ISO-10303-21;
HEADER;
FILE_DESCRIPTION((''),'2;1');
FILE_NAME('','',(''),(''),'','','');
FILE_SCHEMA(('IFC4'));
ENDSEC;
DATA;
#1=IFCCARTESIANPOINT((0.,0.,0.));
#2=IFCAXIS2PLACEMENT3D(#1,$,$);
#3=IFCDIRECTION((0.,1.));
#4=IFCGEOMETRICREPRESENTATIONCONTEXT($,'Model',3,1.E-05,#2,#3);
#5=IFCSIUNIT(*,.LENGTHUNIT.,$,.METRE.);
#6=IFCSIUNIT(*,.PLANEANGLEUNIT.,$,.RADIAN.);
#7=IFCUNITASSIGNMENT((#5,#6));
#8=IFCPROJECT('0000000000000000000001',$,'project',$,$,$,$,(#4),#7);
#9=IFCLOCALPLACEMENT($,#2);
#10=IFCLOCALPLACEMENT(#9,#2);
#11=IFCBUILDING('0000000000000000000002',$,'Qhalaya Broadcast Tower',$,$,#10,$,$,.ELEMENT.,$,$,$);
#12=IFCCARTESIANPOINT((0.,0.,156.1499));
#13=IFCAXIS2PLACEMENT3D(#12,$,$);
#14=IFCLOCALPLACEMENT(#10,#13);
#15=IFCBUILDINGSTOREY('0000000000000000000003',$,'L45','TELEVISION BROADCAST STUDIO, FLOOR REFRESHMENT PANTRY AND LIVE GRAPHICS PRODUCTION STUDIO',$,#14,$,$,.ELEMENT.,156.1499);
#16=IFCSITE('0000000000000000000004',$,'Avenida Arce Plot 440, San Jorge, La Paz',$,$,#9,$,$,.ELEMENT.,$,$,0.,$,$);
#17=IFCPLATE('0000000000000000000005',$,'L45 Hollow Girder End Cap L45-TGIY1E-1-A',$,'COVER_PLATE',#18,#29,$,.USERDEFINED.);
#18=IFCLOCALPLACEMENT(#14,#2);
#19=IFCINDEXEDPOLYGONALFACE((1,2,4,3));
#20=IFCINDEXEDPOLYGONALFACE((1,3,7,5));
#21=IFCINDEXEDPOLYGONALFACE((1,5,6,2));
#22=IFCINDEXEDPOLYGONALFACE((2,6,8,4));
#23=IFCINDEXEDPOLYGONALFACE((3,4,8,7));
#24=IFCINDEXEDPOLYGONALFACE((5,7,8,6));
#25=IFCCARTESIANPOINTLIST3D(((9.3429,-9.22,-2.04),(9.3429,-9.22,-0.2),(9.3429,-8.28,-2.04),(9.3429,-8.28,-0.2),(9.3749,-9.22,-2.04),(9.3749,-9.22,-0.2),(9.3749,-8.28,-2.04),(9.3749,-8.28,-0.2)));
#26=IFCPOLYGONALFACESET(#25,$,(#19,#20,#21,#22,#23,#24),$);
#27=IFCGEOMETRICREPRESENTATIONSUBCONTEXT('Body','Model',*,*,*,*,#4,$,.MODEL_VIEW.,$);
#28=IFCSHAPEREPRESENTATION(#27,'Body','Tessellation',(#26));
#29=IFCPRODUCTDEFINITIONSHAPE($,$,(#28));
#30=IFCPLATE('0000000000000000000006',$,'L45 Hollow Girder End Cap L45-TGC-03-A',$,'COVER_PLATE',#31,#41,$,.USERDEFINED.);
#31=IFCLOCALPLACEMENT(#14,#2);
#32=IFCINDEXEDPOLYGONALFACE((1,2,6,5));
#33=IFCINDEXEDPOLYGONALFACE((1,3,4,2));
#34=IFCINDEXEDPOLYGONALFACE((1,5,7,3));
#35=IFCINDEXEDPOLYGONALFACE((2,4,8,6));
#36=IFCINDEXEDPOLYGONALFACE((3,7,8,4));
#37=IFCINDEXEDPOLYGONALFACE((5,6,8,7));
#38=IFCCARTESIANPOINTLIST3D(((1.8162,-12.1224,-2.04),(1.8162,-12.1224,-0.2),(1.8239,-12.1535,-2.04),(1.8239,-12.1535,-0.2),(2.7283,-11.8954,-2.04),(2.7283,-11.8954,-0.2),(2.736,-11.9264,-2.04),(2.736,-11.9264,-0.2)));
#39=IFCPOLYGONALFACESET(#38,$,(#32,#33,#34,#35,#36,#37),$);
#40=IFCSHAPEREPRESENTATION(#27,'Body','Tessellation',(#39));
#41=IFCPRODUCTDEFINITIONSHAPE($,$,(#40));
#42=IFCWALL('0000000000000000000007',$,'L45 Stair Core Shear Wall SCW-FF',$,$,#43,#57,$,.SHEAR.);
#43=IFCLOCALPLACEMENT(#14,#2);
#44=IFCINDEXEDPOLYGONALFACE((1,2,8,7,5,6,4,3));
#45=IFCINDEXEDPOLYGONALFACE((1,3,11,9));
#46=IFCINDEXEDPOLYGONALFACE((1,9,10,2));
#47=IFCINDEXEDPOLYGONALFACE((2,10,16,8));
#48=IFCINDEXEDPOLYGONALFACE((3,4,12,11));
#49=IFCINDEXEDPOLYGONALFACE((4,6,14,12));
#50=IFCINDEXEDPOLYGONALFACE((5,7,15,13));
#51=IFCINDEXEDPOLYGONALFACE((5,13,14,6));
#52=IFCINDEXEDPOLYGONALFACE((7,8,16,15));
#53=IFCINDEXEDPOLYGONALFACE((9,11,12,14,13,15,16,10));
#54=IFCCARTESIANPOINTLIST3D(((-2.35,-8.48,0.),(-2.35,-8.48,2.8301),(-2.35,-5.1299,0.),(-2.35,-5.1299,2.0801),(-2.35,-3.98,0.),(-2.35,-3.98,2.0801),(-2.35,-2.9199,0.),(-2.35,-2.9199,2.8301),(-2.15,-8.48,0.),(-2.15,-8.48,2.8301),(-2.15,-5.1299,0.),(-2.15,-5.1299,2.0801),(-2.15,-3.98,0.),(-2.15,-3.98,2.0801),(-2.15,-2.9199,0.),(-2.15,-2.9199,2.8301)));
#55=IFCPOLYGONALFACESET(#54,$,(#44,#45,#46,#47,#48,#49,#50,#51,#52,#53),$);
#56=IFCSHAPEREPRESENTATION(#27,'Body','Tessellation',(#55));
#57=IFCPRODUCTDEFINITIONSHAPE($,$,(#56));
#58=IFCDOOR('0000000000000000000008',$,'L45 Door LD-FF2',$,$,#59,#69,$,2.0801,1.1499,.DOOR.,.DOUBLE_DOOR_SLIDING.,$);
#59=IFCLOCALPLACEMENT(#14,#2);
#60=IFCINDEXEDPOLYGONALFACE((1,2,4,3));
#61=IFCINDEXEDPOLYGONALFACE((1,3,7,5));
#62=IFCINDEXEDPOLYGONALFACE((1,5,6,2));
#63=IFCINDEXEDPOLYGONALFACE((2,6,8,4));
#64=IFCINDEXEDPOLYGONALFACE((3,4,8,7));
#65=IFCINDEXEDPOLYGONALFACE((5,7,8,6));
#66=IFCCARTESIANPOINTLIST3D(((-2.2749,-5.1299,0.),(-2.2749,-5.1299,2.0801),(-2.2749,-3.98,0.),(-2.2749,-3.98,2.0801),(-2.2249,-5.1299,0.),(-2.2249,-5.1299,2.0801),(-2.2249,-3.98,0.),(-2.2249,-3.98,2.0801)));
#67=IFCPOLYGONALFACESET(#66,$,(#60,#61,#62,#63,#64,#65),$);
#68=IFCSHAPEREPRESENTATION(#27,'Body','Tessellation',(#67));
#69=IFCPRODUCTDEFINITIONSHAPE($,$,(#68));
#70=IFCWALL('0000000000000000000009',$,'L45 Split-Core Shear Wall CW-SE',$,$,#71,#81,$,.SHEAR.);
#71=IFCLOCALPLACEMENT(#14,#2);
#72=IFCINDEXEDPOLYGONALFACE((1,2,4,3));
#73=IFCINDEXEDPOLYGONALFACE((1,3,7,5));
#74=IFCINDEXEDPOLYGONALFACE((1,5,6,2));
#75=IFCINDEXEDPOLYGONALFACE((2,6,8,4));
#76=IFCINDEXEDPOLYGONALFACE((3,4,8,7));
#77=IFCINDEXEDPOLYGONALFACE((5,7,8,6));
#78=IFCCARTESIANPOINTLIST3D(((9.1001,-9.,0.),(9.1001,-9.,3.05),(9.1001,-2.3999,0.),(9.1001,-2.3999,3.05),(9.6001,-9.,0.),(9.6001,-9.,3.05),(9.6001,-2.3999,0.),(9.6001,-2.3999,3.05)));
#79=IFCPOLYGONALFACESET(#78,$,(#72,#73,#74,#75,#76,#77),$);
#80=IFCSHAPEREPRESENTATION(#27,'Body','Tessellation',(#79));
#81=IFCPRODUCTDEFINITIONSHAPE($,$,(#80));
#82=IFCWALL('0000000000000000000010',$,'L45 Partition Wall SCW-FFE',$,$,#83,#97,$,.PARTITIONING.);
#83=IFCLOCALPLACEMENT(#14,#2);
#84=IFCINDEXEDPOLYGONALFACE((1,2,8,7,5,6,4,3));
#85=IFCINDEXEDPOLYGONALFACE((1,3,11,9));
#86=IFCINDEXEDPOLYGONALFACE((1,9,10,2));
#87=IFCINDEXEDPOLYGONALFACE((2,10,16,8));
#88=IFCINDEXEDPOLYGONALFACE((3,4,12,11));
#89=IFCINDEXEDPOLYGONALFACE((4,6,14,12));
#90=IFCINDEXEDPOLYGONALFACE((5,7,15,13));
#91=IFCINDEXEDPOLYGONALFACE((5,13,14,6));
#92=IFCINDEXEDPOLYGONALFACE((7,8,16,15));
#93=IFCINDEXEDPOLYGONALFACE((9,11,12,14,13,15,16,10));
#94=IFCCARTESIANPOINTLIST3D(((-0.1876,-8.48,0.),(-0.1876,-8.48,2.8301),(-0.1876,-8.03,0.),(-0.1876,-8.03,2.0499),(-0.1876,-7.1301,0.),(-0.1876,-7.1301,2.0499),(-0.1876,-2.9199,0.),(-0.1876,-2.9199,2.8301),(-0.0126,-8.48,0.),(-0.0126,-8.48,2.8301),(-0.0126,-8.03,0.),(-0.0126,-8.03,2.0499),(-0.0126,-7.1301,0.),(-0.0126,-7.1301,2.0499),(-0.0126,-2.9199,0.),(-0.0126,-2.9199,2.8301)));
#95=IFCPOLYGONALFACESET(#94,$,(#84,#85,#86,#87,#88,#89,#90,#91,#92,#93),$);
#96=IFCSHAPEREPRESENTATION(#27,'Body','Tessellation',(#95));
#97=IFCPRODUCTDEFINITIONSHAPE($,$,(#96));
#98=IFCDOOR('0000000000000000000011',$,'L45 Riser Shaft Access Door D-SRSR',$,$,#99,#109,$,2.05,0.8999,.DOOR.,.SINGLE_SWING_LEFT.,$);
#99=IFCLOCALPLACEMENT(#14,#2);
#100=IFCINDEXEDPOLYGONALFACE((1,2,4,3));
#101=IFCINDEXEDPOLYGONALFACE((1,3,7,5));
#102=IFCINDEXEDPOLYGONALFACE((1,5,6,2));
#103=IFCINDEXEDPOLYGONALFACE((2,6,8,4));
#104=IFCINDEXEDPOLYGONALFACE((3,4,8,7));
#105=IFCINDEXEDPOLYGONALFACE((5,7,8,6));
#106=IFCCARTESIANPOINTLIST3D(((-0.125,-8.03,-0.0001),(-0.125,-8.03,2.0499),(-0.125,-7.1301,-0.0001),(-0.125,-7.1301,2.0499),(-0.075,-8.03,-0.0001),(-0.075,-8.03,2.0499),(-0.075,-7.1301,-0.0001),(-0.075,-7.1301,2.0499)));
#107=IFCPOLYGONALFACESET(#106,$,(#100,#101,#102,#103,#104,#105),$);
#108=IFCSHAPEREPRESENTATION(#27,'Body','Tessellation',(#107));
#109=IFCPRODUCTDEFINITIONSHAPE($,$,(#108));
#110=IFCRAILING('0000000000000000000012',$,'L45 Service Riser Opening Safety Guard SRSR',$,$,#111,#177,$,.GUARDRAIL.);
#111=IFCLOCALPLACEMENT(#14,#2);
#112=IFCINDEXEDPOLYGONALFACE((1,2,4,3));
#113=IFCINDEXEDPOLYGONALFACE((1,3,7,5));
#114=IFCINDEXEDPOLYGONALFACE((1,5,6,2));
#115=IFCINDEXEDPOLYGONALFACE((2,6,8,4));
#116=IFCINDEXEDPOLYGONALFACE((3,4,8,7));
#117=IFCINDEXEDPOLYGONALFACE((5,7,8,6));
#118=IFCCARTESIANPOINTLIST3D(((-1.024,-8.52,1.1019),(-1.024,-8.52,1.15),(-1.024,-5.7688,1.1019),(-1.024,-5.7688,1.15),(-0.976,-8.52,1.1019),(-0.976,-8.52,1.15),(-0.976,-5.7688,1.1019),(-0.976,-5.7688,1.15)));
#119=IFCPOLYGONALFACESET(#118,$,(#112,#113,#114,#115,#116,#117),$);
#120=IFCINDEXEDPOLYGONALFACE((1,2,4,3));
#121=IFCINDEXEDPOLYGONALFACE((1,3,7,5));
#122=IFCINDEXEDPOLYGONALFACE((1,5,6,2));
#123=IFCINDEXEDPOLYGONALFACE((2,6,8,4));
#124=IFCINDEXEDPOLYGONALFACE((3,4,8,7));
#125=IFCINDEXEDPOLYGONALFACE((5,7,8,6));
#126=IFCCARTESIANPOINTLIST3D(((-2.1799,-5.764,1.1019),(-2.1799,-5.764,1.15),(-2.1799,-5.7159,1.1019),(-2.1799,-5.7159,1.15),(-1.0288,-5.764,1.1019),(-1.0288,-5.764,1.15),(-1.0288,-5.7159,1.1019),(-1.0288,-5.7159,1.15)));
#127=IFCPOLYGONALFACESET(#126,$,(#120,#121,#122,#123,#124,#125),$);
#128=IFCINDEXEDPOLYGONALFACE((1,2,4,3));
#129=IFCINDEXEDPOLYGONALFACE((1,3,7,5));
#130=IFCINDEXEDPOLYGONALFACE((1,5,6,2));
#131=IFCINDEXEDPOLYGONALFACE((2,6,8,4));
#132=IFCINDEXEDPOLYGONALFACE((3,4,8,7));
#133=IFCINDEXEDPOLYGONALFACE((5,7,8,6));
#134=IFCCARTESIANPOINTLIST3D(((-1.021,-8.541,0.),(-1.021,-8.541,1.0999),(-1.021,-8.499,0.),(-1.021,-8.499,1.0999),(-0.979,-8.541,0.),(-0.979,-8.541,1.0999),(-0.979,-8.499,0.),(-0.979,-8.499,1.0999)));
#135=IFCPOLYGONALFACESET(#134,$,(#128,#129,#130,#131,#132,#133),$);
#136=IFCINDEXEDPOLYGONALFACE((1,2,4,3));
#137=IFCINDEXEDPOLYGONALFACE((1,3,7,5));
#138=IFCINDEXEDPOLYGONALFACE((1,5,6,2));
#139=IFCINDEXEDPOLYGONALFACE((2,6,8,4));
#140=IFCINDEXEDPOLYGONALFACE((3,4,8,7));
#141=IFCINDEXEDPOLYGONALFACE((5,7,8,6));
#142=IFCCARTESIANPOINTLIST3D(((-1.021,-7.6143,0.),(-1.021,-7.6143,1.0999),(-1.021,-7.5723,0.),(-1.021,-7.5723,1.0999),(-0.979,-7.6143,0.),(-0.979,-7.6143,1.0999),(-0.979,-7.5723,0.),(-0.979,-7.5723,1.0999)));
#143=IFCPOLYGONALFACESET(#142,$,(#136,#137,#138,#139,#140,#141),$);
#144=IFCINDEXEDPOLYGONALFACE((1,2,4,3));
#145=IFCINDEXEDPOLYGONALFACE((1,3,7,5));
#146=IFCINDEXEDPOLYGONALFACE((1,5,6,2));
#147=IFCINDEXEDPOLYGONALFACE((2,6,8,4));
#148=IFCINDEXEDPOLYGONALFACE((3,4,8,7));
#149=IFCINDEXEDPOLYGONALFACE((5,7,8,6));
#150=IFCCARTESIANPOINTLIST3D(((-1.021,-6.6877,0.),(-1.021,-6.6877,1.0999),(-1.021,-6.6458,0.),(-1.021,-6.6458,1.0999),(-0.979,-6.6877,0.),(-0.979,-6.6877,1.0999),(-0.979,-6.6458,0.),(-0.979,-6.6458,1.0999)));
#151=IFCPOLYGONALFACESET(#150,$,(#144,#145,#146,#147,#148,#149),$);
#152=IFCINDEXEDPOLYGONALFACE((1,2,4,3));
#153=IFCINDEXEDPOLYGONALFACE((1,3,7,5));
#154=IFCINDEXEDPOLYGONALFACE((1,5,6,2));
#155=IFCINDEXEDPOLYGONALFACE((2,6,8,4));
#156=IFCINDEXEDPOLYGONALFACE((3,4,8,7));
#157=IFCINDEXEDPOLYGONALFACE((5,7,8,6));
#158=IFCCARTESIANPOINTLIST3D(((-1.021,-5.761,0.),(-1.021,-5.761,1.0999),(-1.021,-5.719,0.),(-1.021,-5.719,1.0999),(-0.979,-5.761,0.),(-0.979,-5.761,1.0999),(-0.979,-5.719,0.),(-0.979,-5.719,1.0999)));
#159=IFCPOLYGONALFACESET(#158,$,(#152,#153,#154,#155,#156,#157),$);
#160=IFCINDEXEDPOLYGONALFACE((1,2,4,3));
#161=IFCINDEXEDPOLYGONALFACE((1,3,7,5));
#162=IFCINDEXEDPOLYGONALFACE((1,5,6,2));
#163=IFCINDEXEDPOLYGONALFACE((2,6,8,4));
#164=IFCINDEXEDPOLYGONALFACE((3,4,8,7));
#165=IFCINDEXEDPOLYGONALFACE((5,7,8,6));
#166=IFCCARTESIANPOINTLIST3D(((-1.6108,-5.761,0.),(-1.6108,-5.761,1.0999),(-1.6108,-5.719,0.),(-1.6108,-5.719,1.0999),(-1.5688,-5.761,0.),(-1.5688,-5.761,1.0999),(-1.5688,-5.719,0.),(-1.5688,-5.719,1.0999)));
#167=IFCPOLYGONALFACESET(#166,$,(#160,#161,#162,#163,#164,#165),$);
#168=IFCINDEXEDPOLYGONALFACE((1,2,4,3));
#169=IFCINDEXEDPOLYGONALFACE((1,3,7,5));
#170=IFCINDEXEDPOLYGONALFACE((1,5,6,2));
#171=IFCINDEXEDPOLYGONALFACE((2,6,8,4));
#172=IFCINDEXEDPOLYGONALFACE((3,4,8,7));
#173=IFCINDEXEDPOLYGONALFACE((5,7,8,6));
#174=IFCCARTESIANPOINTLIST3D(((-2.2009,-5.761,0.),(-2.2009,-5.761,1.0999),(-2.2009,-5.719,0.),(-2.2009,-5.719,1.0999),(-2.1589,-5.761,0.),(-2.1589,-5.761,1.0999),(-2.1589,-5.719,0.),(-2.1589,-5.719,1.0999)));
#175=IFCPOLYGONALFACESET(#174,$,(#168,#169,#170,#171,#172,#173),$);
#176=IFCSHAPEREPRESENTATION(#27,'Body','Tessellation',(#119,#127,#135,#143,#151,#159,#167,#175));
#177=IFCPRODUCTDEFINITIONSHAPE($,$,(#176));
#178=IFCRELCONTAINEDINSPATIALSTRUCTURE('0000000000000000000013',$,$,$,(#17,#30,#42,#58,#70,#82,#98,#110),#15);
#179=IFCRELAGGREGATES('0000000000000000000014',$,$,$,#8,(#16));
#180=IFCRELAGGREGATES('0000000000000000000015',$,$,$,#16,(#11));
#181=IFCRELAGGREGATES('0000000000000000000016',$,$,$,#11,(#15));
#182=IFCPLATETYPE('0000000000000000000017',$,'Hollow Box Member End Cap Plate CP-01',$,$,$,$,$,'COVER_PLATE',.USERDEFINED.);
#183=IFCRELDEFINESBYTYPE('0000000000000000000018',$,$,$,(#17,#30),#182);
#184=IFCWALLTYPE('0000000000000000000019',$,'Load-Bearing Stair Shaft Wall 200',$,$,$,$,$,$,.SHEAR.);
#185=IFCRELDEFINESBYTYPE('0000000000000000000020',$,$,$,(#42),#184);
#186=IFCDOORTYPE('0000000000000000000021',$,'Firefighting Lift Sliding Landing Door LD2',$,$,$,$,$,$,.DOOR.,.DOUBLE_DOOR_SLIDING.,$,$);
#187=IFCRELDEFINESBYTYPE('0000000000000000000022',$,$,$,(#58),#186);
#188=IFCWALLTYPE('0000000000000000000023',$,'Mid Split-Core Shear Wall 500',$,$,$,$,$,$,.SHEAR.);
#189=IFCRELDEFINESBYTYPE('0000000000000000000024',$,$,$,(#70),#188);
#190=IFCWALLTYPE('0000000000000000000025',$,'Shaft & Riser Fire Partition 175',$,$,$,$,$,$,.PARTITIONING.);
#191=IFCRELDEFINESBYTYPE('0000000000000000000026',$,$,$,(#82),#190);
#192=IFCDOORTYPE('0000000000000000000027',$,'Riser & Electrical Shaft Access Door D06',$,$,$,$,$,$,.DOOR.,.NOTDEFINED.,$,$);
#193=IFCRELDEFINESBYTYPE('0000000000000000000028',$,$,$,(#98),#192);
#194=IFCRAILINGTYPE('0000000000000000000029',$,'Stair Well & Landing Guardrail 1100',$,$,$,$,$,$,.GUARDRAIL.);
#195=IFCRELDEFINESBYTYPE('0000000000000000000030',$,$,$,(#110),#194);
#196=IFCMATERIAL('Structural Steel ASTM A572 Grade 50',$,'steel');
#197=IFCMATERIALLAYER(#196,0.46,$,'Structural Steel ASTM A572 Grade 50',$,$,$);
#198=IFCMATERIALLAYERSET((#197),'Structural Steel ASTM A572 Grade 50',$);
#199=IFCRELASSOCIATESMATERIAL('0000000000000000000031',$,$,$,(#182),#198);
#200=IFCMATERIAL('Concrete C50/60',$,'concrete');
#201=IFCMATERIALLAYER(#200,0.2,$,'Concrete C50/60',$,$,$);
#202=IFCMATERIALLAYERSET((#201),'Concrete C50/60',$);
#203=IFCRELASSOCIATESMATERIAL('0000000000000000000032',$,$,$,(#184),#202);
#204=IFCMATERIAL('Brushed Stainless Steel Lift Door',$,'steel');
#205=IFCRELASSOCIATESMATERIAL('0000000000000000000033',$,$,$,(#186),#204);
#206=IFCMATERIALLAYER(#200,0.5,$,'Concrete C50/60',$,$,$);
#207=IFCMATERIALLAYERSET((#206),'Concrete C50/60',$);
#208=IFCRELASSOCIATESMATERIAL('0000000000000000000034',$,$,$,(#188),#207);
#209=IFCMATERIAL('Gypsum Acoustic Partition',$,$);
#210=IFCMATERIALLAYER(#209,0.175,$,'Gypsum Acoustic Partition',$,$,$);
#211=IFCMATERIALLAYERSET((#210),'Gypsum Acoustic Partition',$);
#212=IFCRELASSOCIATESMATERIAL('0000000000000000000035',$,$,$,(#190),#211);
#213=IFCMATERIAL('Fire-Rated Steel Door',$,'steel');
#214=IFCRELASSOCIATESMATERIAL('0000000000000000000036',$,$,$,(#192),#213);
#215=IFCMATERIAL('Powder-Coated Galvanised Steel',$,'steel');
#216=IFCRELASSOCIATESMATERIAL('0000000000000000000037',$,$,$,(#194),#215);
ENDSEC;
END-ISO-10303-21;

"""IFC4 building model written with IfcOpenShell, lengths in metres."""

from ifc_helpers import new_model, si_unit, direction, frame, frame_2d, origin, origin_2d, place, context, subcontext, project, spatial, rectangle, extrude, material, layer, layer_set, type_object, element, fill, save


model = new_model("IFC4")

# Units and contexts
model_context = context("Model", 3, precision=1e-05, world=origin(), true_north=direction((0.0, 1.0)))
body_context = subcontext(model_context, "Body", "Model", "MODEL_VIEW")
ifc_project = project(units=[si_unit("LENGTHUNIT", "METRE"), si_unit("PLANEANGLEUNIT", "RADIAN")], contexts=[model_context])

# Site, building, storey
site_placement = place(None, origin())
site = spatial("IfcSite", under=ifc_project, at=site_placement, Name="Avenida Arce Plot 440, San Jorge, La Paz", CompositionType="ELEMENT", RefElevation=0.0)
building_placement = place(site_placement, origin())
building = spatial("IfcBuilding", under=site, at=building_placement, Name="Qhalaya Broadcast Tower", CompositionType="ELEMENT")
storey_placement = place(building_placement, frame((0.0, 0.0, 156.1499)))
storey = spatial("IfcBuildingStorey", under=building, at=storey_placement, Name="L45", Description="TELEVISION BROADCAST STUDIO, FLOOR REFRESHMENT PANTRY AND LIVE GRAPHICS PRODUCTION STUDIO", CompositionType="ELEMENT", Elevation=156.1499)

# Shared definitions
ifc_material_1 = material(Name="Concrete C50/60", Category="concrete")

# Shared definitions
ifc_material_2 = material(Name="Structural Steel ASTM A572 Grade 50", Category="steel")

# Plates
ifc_layer_1 = layer(ifc_material_2, 0.46, Name="Structural Steel ASTM A572 Grade 50")
ifc_layer_set_1 = layer_set([ifc_layer_1], Name="Structural Steel ASTM A572 Grade 50")
plate_type = type_object("IfcPlateType", Name="Hollow Box Member End Cap Plate CP-01", ElementType="COVER_PLATE", PredefinedType="USERDEFINED", material=ifc_layer_set_1)
for number, where, z_axis, x_axis, name in (
    (1, (9.3589, -8.75, -2.04), (0.0, 0.0, 1.0), (0.0, 1.0, 0.0), "L45 Hollow Girder End Cap L45-TGIY1E-1-A"),
    (2, (2.2761, -12.0244, -2.04), (0.0, 0.0, 1.0), (0.97038, 0.241583, 0.0), "L45 Hollow Girder End Cap L45-TGC-03-A"),
):
    element("IfcPlate", number, at=place(storey_placement, frame(where, z_axis=z_axis, x_axis=x_axis)), inside=storey, type_object=plate_type, Name=name, ObjectType="COVER_PLATE", PredefinedType="USERDEFINED", context=body_context, shape_type="SweptSolid", body=[
        extrude(rectangle(XDim=0.9399, YDim=0.032, at=origin_2d()), origin(), (0.0, 0.0, 1.0), 1.8401),
    ])

# Wall, opening, door
ifc_layer_2 = layer(ifc_material_1, 0.2, Name="Concrete C50/60")
ifc_layer_set_2 = layer_set([ifc_layer_2], Name="Concrete C50/60")
wall_type_1 = type_object("IfcWallType", Name="Load-Bearing Stair Shaft Wall 200", PredefinedType="SHEAR", material=ifc_layer_set_2)
wall_1_placement = place(storey_placement, frame((-2.25, -8.48, 0.0), z_axis=(0.0, 0.0, 1.0), x_axis=(0.0, 1.0, 0.0)))
wall_1 = element("IfcWall", 3, at=wall_1_placement, inside=storey, type_object=wall_type_1, Name="L45 Stair Core Shear Wall SCW-FF", PredefinedType="SHEAR", context=body_context, shape_type="SweptSolid", body=[
    extrude(rectangle(XDim=5.5601, YDim=0.2, at=frame_2d((2.78, 0.0))), origin(), (0.0, 0.0, 1.0), 2.8301),
])
opening_1_placement = place(wall_1_placement, frame((3.3501, 0.0, 0.0)))
opening_1 = element("IfcOpeningElement", 4, at=opening_1_placement, cuts=wall_1, PredefinedType="OPENING", context=body_context, shape_type="SweptSolid", body=[
    extrude(rectangle(XDim=1.1499, YDim=2.0801, at=frame_2d((0.575, 1.04))), frame((0.0, 0.1121, 0.0), z_axis=(0.0, -1.0, 0.0), x_axis=(1.0, 0.0, 0.0)), (0.0, 0.0, 1.0), 0.2239),
])
ifc_material_3 = material(Name="Brushed Stainless Steel Lift Door", Category="steel")
door_type_1 = type_object("IfcDoorType", Name="Firefighting Lift Sliding Landing Door LD2", OperationType="DOUBLE_DOOR_SLIDING", PredefinedType="DOOR", material=ifc_material_3)
door_1_placement = place(opening_1_placement, origin())
door_1 = element("IfcDoor", 5, at=door_1_placement, inside=storey, type_object=door_type_1, Name="L45 Door LD-FF2", OperationType="DOUBLE_DOOR_SLIDING", OverallHeight=2.0801, OverallWidth=1.1499, PredefinedType="DOOR", context=body_context, shape_type="SweptSolid", body=[
    extrude(rectangle(XDim=1.1499, YDim=2.0801, at=frame_2d((0.575, 1.04))), frame((0.0, 0.0249, 0.0), z_axis=(0.0, -1.0, 0.0), x_axis=(1.0, 0.0, 0.0)), (0.0, 0.0, 1.0), 0.05),
])
fill(opening_1, door_1)

# Wall
ifc_layer_3 = layer(ifc_material_1, 0.5, Name="Concrete C50/60")
ifc_layer_set_3 = layer_set([ifc_layer_3], Name="Concrete C50/60")
wall_type_2 = type_object("IfcWallType", Name="Mid Split-Core Shear Wall 500", PredefinedType="SHEAR", material=ifc_layer_set_3)
wall_2_placement = place(storey_placement, frame((9.3501, -9.0, 0.0), z_axis=(0.0, 0.0, 1.0), x_axis=(0.0, 1.0, 0.0)))
element("IfcWall", 6, at=wall_2_placement, inside=storey, type_object=wall_type_2, Name="L45 Split-Core Shear Wall CW-SE", PredefinedType="SHEAR", context=body_context, shape_type="SweptSolid", body=[
    extrude(rectangle(XDim=6.6001, YDim=0.5, at=frame_2d((3.3, 0.0))), origin(), (0.0, 0.0, 1.0), 3.05),
])

# Wall, opening, door
ifc_material_4 = material(Name="Gypsum Acoustic Partition")
ifc_layer_4 = layer(ifc_material_4, 0.175, Name="Gypsum Acoustic Partition")
ifc_layer_set_4 = layer_set([ifc_layer_4], Name="Gypsum Acoustic Partition")
wall_type_3 = type_object("IfcWallType", Name="Shaft & Riser Fire Partition 175", PredefinedType="PARTITIONING", material=ifc_layer_set_4)
wall_3_placement = place(storey_placement, frame((-0.1001, -8.48, 0.0), z_axis=(0.0, 0.0, 1.0), x_axis=(0.0, 1.0, 0.0)))
wall_3 = element("IfcWall", 7, at=wall_3_placement, inside=storey, type_object=wall_type_3, Name="L45 Partition Wall SCW-FFE", PredefinedType="PARTITIONING", context=body_context, shape_type="SweptSolid", body=[
    extrude(rectangle(XDim=5.5601, YDim=0.175, at=frame_2d((2.78, 0.0))), origin(), (0.0, 0.0, 1.0), 2.8301),
])
opening_2_placement = place(wall_3_placement, frame((0.45, 0.0, 0.0)))
opening_2 = element("IfcOpeningElement", 8, at=opening_2_placement, cuts=wall_3, PredefinedType="OPENING", context=body_context, shape_type="SweptSolid", body=[
    extrude(rectangle(XDim=0.8999, YDim=2.05, at=frame_2d((0.45, 1.0249))), frame((0.0, 0.0996, 0.0), z_axis=(0.0, -1.0, 0.0), x_axis=(1.0, 0.0, 0.0)), (0.0, 0.0, 1.0), 0.199),
])
ifc_material_5 = material(Name="Fire-Rated Steel Door", Category="steel")
door_type_2 = type_object("IfcDoorType", Name="Riser & Electrical Shaft Access Door D06", OperationType="NOTDEFINED", PredefinedType="DOOR", material=ifc_material_5)
door_2_placement = place(opening_2_placement, origin())
door_2 = element("IfcDoor", 9, at=door_2_placement, inside=storey, type_object=door_type_2, Name="L45 Riser Shaft Access Door D-SRSR", OperationType="SINGLE_SWING_LEFT", OverallHeight=2.05, OverallWidth=0.8999, PredefinedType="DOOR", context=body_context, shape_type="SweptSolid", body=[
    extrude(rectangle(XDim=0.8999, YDim=2.05, at=frame_2d((0.45, 1.0249))), frame((0.0, 0.0249, 0.0), z_axis=(0.0, -1.0, 0.0), x_axis=(1.0, 0.0, 0.0)), (0.0, 0.0, 1.0), 0.05),
])
fill(opening_2, door_2)

# Railing
ifc_material_6 = material(Name="Powder-Coated Galvanised Steel", Category="steel")
railing_type = type_object("IfcRailingType", Name="Stair Well & Landing Guardrail 1100", PredefinedType="GUARDRAIL", material=ifc_material_6)
railing_placement = place(storey_placement, frame((-1.0, -8.52, 0.0)))
element("IfcRailing", 10, at=railing_placement, inside=storey, type_object=railing_type, Name="L45 Service Riser Opening Safety Guard SRSR", PredefinedType="GUARDRAIL", context=body_context, shape_type="SweptSolid", body=[
    extrude(rectangle(XDim=0.0481, YDim=0.0481, at=origin_2d()), frame((0.0, 0.0, 1.126), z_axis=(0.0, 1.0, 0.0), x_axis=(-1.0, 0.0, 0.0)), (0.0, 0.0, 1.0), 2.7512),
    extrude(rectangle(XDim=0.0481, YDim=0.0481, at=origin_2d()), frame((-0.0288, 2.78, 1.126), z_axis=(-1.0, 0.0, 0.0), x_axis=(0.0, -1.0, 0.0)), (0.0, 0.0, 1.0), 1.1511),
    extrude(rectangle(XDim=0.042, YDim=0.042, at=origin_2d()), origin(), (0.0, 0.0, 1.0), 1.0999),
    extrude(rectangle(XDim=0.042, YDim=0.042, at=origin_2d()), frame((0.0, 0.9268, 0.0)), (0.0, 0.0, 1.0), 1.0999),
    extrude(rectangle(XDim=0.042, YDim=0.042, at=origin_2d()), frame((0.0, 1.8533, 0.0)), (0.0, 0.0, 1.0), 1.0999),
    extrude(rectangle(XDim=0.042, YDim=0.042, at=origin_2d()), frame((0.0, 2.78, 0.0)), (0.0, 0.0, 1.0), 1.0999),
    extrude(rectangle(XDim=0.042, YDim=0.042, at=origin_2d()), frame((-0.5898, 2.78, 0.0)), (0.0, 0.0, 1.0), 1.0999),
    extrude(rectangle(XDim=0.042, YDim=0.042, at=origin_2d()), frame((-1.1799, 2.78, 0.0)), (0.0, 0.0, 1.0), 1.0999),
])

save(model, "model.ifc")
